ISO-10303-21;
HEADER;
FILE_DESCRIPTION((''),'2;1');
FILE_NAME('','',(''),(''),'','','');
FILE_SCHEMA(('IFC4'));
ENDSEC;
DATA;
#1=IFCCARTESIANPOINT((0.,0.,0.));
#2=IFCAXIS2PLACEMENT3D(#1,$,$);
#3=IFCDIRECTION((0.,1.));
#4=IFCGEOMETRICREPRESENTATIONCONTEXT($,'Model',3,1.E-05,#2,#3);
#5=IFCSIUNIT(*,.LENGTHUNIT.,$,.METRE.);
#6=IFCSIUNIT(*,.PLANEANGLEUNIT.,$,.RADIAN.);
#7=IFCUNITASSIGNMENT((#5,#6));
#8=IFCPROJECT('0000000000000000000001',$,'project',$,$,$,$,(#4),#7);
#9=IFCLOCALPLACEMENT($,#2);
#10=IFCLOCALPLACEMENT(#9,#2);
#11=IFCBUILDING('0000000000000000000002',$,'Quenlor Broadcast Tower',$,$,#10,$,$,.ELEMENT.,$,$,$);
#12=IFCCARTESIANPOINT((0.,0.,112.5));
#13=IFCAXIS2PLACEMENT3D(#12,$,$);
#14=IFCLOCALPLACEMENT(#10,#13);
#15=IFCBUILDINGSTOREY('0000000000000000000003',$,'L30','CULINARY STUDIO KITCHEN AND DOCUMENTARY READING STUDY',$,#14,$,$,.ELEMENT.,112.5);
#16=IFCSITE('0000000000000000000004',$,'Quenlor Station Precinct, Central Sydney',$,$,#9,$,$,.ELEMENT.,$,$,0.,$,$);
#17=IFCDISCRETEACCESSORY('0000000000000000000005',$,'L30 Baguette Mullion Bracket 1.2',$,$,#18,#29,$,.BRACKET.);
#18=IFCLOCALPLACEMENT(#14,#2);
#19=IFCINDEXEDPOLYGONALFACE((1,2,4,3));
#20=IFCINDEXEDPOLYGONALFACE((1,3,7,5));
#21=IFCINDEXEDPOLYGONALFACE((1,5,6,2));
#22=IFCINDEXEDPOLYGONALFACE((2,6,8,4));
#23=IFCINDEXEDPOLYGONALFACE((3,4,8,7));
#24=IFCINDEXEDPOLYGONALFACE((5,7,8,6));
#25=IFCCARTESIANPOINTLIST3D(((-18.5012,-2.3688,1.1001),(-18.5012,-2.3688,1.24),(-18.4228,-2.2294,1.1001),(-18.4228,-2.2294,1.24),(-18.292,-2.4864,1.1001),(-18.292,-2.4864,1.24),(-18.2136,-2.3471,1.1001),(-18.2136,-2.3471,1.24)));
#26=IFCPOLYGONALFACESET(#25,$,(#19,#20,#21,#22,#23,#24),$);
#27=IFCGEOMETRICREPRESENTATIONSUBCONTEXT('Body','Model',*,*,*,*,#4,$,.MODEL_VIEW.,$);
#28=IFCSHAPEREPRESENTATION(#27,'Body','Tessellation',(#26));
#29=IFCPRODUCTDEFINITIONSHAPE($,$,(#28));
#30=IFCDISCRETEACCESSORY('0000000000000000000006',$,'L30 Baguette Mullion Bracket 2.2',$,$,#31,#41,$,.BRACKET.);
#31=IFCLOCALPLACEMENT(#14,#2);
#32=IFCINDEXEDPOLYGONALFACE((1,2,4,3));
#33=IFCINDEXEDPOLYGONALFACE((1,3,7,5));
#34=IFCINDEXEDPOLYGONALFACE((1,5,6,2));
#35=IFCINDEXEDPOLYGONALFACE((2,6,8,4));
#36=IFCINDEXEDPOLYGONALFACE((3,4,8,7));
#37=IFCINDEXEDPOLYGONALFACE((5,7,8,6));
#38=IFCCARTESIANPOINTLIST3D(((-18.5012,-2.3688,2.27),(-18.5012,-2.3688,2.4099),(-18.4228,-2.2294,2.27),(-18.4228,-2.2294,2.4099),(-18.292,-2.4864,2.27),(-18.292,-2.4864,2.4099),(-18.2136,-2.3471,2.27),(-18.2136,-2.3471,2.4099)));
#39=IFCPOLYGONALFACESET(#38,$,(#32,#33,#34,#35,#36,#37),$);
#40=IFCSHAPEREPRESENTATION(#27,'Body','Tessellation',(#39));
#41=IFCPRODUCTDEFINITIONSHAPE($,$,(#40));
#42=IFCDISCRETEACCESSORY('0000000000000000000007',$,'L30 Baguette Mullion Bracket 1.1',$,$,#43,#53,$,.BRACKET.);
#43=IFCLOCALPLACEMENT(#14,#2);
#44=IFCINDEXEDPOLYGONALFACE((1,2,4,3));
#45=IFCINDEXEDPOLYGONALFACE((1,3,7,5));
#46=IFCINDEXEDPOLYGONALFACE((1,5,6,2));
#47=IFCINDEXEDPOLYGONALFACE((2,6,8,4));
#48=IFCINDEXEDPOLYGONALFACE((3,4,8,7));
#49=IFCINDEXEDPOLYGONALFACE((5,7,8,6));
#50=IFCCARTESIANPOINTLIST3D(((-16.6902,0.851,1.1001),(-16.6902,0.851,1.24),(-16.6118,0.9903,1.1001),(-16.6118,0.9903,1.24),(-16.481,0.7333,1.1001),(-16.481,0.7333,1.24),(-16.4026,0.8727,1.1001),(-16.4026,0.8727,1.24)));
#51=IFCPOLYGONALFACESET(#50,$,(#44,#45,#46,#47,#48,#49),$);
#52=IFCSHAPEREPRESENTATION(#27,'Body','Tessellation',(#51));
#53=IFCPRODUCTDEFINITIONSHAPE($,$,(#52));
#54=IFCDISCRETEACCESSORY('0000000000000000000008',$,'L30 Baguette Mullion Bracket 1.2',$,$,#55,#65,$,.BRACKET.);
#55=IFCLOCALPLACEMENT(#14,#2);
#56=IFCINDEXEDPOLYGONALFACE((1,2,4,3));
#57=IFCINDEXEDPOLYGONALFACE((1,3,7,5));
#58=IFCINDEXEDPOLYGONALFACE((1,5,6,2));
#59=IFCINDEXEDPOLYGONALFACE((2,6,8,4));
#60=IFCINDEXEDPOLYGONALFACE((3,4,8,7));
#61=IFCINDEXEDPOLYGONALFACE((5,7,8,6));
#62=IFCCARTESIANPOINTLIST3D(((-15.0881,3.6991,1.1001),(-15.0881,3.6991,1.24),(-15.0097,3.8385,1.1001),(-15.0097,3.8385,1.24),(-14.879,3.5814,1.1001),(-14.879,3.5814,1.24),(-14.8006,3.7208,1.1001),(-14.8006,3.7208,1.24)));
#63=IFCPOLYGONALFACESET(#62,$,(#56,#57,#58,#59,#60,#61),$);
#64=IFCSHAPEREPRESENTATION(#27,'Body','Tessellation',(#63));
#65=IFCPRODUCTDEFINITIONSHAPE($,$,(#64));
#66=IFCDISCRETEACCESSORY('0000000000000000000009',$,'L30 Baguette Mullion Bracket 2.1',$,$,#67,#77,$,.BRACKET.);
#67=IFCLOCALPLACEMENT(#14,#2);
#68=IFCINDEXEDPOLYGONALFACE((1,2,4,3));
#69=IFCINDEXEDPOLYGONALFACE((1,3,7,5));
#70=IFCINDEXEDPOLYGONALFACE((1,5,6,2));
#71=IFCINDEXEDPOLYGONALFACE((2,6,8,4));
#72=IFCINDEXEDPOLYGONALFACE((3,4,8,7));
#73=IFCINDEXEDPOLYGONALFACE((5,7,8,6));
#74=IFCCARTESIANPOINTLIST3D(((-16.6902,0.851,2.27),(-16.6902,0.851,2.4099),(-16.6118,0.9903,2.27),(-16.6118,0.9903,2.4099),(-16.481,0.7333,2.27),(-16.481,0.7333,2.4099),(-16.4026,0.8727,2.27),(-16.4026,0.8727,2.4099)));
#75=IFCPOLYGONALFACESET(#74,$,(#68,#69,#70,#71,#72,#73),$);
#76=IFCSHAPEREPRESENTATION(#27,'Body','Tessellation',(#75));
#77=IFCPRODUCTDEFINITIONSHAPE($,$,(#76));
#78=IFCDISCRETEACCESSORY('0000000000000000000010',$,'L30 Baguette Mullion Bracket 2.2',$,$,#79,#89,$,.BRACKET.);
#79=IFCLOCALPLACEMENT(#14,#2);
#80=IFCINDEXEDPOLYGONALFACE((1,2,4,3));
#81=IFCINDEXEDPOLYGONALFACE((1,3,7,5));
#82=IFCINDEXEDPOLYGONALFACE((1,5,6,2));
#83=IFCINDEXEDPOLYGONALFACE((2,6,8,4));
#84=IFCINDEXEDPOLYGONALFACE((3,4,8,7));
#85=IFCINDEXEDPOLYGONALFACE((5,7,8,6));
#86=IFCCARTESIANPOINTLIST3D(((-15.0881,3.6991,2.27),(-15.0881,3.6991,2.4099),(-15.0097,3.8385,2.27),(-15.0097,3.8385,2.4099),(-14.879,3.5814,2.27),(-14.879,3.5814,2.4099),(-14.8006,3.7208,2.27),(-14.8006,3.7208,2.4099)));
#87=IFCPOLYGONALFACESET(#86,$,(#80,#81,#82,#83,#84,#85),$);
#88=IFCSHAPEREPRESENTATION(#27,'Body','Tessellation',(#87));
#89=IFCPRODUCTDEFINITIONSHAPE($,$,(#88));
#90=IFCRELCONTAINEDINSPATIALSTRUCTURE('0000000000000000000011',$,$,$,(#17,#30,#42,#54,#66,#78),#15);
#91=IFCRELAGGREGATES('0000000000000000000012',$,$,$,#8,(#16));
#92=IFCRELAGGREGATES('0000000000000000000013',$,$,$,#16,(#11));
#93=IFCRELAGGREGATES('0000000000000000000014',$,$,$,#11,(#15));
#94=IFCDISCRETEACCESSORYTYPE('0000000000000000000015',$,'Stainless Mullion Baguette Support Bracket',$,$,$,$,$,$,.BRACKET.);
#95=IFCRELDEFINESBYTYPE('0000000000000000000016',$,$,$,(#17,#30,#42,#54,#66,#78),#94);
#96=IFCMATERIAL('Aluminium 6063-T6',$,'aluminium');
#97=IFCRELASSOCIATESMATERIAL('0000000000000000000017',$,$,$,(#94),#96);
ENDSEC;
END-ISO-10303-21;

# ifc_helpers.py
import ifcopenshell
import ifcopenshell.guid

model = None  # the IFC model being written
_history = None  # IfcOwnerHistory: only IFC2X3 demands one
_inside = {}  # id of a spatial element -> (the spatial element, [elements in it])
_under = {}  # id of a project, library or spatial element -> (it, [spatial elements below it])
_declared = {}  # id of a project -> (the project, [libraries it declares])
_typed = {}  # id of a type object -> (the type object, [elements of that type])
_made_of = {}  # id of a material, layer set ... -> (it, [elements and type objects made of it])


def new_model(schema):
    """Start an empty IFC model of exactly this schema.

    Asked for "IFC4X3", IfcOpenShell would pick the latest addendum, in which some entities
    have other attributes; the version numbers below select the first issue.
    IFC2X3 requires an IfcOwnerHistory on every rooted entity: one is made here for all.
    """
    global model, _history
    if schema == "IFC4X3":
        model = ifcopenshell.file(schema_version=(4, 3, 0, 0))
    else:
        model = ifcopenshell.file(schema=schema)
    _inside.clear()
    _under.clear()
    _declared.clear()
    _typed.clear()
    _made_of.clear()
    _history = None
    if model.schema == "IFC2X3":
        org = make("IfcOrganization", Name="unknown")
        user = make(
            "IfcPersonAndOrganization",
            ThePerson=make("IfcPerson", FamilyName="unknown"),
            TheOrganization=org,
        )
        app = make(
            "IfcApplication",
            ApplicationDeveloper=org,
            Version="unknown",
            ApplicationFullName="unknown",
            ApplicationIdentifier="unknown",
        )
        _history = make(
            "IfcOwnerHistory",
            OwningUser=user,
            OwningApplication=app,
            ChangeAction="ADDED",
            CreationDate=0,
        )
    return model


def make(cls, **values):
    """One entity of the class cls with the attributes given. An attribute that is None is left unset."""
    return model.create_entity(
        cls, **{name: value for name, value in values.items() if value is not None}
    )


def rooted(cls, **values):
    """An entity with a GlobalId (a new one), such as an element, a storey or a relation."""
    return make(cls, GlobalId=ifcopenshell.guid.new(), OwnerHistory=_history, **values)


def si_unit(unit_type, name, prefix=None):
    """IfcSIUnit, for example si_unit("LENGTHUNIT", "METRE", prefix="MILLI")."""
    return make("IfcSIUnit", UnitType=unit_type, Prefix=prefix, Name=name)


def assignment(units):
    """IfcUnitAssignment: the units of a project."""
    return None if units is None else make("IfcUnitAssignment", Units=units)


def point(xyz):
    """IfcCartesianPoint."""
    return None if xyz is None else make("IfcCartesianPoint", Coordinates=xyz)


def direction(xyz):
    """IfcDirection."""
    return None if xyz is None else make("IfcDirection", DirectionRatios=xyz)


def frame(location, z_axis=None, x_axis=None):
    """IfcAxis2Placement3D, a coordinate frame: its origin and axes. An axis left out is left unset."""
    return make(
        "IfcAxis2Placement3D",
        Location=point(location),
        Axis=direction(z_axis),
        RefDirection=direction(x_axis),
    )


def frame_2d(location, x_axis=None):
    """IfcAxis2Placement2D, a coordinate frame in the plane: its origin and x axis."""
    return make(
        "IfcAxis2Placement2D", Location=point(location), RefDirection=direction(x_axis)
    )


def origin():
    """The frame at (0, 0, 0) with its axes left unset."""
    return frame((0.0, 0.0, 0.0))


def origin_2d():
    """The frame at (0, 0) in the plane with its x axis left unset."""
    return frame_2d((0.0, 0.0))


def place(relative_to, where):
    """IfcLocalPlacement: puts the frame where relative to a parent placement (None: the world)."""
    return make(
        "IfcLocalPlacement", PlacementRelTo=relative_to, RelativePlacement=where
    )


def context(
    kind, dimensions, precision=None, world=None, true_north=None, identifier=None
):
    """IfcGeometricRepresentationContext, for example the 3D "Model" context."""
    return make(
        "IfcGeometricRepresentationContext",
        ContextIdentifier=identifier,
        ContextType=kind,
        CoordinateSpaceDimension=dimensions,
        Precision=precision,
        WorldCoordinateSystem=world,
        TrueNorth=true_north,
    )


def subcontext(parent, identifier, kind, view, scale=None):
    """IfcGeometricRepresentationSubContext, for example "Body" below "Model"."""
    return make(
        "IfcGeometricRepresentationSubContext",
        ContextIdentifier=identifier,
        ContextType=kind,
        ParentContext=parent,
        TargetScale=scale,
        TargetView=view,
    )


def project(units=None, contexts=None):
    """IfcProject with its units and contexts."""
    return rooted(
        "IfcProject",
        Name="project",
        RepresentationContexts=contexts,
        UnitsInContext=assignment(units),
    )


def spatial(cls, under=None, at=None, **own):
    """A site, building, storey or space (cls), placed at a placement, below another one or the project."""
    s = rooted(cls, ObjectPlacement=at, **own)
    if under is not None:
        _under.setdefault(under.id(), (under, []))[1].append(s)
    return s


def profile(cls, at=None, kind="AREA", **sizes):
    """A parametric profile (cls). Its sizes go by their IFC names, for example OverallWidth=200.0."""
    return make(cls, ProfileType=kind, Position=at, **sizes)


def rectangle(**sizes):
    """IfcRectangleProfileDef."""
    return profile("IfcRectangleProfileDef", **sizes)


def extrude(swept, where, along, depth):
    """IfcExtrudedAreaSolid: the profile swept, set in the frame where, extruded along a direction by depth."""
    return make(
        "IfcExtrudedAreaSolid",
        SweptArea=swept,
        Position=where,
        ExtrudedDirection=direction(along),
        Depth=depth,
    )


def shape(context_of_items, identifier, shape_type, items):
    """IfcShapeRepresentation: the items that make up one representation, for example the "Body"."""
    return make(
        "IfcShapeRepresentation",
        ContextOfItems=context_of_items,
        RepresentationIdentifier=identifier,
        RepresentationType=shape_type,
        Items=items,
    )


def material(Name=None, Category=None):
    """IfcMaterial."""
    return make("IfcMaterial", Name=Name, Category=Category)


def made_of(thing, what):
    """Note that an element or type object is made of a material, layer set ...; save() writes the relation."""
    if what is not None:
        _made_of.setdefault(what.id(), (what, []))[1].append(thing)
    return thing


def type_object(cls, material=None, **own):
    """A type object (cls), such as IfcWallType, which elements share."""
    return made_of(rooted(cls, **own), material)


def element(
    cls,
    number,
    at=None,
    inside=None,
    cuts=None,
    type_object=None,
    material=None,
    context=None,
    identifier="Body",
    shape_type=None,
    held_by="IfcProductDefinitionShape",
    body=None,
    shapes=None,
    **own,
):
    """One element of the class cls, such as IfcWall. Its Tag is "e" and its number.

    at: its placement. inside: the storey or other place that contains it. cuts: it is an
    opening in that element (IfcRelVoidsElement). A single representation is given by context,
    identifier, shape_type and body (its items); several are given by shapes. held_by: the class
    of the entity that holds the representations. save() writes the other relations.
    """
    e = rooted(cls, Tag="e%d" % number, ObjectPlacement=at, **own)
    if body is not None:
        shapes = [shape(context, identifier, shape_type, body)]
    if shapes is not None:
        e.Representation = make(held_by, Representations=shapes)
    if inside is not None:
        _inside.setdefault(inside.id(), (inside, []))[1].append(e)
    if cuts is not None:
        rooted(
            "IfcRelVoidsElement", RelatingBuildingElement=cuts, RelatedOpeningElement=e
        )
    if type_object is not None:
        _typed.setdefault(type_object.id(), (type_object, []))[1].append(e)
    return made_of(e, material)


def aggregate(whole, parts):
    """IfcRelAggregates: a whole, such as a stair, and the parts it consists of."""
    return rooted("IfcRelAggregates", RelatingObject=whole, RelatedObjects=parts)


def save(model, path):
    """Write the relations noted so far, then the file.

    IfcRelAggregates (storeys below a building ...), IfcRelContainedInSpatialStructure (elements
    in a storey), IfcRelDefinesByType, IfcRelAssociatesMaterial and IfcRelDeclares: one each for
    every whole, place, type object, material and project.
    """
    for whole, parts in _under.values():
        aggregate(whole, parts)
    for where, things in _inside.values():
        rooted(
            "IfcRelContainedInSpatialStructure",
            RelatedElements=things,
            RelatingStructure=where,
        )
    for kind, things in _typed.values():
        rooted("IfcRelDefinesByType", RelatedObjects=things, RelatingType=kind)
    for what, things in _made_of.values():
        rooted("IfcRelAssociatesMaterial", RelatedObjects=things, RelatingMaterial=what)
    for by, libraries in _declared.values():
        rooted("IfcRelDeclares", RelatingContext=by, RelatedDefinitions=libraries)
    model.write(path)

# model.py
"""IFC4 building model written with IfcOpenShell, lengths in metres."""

from ifc_helpers import new_model, si_unit, direction, frame, origin, origin_2d, place, context, subcontext, project, spatial, rectangle, extrude, material, type_object, element, save


model = new_model("IFC4")

# Units and contexts
model_context = context("Model", 3, precision=1e-05, world=origin(), true_north=direction((0.0, 1.0)))
body_context = subcontext(model_context, "Body", "Model", "MODEL_VIEW")
ifc_project = project(units=[si_unit("LENGTHUNIT", "METRE"), si_unit("PLANEANGLEUNIT", "RADIAN")], contexts=[model_context])

# Site, building, storey
site_placement = place(None, origin())
site = spatial("IfcSite", under=ifc_project, at=site_placement, Name="Quenlor Station Precinct, Central Sydney", CompositionType="ELEMENT", RefElevation=0.0)
building_placement = place(site_placement, origin())
building = spatial("IfcBuilding", under=site, at=building_placement, Name="Quenlor Broadcast Tower", CompositionType="ELEMENT")
storey_placement = place(building_placement, frame((0.0, 0.0, 112.5)))
storey = spatial("IfcBuildingStorey", under=building, at=storey_placement, Name="L30", Description="CULINARY STUDIO KITCHEN AND DOCUMENTARY READING STUDY", CompositionType="ELEMENT", Elevation=112.5)

# Discrete accessories
ifc_material_1 = material(Name="Aluminium 6063-T6", Category="aluminium")
discrete_accessory_type = type_object("IfcDiscreteAccessoryType", Name="Stainless Mullion Baguette Support Bracket", PredefinedType="BRACKET", material=ifc_material_1)
for number, where, z_axis, x_axis, name in (
    (1, (-18.3574, -2.3579, 1.1001), (0.0, 0.0, 1.0), (0.490277, 0.871567, 0.0), "L30 Baguette Mullion Bracket 1.2"),
    (2, (-18.3574, -2.3579, 2.27), (0.0, 0.0, 1.0), (0.490277, 0.871567, 0.0), "L30 Baguette Mullion Bracket 2.2"),
    (3, (-16.5464, 0.8618, 1.1001), (0.0, 0.0, 1.0), (0.490262, 0.871575, 0.0), "L30 Baguette Mullion Bracket 1.1"),
    (4, (-14.9443, 3.71, 1.1001), (0.0, 0.0, 1.0), (0.490262, 0.871575, 0.0), "L30 Baguette Mullion Bracket 1.2"),
    (5, (-16.5464, 0.8618, 2.27), (0.0, 0.0, 1.0), (0.490262, 0.871575, 0.0), "L30 Baguette Mullion Bracket 2.1"),
    (6, (-14.9443, 3.71, 2.27), (0.0, 0.0, 1.0), (0.490262, 0.871575, 0.0), "L30 Baguette Mullion Bracket 2.2"),
):
    element("IfcDiscreteAccessory", number, at=place(storey_placement, frame(where, z_axis=z_axis, x_axis=x_axis)), inside=storey, type_object=discrete_accessory_type, Name=name, PredefinedType="BRACKET", context=body_context, shape_type="SweptSolid", body=[
        extrude(rectangle(XDim=0.1599, YDim=0.24, at=origin_2d()), origin(), (0.0, 0.0, 1.0), 0.1399),
    ])

save(model, "model.ifc")
